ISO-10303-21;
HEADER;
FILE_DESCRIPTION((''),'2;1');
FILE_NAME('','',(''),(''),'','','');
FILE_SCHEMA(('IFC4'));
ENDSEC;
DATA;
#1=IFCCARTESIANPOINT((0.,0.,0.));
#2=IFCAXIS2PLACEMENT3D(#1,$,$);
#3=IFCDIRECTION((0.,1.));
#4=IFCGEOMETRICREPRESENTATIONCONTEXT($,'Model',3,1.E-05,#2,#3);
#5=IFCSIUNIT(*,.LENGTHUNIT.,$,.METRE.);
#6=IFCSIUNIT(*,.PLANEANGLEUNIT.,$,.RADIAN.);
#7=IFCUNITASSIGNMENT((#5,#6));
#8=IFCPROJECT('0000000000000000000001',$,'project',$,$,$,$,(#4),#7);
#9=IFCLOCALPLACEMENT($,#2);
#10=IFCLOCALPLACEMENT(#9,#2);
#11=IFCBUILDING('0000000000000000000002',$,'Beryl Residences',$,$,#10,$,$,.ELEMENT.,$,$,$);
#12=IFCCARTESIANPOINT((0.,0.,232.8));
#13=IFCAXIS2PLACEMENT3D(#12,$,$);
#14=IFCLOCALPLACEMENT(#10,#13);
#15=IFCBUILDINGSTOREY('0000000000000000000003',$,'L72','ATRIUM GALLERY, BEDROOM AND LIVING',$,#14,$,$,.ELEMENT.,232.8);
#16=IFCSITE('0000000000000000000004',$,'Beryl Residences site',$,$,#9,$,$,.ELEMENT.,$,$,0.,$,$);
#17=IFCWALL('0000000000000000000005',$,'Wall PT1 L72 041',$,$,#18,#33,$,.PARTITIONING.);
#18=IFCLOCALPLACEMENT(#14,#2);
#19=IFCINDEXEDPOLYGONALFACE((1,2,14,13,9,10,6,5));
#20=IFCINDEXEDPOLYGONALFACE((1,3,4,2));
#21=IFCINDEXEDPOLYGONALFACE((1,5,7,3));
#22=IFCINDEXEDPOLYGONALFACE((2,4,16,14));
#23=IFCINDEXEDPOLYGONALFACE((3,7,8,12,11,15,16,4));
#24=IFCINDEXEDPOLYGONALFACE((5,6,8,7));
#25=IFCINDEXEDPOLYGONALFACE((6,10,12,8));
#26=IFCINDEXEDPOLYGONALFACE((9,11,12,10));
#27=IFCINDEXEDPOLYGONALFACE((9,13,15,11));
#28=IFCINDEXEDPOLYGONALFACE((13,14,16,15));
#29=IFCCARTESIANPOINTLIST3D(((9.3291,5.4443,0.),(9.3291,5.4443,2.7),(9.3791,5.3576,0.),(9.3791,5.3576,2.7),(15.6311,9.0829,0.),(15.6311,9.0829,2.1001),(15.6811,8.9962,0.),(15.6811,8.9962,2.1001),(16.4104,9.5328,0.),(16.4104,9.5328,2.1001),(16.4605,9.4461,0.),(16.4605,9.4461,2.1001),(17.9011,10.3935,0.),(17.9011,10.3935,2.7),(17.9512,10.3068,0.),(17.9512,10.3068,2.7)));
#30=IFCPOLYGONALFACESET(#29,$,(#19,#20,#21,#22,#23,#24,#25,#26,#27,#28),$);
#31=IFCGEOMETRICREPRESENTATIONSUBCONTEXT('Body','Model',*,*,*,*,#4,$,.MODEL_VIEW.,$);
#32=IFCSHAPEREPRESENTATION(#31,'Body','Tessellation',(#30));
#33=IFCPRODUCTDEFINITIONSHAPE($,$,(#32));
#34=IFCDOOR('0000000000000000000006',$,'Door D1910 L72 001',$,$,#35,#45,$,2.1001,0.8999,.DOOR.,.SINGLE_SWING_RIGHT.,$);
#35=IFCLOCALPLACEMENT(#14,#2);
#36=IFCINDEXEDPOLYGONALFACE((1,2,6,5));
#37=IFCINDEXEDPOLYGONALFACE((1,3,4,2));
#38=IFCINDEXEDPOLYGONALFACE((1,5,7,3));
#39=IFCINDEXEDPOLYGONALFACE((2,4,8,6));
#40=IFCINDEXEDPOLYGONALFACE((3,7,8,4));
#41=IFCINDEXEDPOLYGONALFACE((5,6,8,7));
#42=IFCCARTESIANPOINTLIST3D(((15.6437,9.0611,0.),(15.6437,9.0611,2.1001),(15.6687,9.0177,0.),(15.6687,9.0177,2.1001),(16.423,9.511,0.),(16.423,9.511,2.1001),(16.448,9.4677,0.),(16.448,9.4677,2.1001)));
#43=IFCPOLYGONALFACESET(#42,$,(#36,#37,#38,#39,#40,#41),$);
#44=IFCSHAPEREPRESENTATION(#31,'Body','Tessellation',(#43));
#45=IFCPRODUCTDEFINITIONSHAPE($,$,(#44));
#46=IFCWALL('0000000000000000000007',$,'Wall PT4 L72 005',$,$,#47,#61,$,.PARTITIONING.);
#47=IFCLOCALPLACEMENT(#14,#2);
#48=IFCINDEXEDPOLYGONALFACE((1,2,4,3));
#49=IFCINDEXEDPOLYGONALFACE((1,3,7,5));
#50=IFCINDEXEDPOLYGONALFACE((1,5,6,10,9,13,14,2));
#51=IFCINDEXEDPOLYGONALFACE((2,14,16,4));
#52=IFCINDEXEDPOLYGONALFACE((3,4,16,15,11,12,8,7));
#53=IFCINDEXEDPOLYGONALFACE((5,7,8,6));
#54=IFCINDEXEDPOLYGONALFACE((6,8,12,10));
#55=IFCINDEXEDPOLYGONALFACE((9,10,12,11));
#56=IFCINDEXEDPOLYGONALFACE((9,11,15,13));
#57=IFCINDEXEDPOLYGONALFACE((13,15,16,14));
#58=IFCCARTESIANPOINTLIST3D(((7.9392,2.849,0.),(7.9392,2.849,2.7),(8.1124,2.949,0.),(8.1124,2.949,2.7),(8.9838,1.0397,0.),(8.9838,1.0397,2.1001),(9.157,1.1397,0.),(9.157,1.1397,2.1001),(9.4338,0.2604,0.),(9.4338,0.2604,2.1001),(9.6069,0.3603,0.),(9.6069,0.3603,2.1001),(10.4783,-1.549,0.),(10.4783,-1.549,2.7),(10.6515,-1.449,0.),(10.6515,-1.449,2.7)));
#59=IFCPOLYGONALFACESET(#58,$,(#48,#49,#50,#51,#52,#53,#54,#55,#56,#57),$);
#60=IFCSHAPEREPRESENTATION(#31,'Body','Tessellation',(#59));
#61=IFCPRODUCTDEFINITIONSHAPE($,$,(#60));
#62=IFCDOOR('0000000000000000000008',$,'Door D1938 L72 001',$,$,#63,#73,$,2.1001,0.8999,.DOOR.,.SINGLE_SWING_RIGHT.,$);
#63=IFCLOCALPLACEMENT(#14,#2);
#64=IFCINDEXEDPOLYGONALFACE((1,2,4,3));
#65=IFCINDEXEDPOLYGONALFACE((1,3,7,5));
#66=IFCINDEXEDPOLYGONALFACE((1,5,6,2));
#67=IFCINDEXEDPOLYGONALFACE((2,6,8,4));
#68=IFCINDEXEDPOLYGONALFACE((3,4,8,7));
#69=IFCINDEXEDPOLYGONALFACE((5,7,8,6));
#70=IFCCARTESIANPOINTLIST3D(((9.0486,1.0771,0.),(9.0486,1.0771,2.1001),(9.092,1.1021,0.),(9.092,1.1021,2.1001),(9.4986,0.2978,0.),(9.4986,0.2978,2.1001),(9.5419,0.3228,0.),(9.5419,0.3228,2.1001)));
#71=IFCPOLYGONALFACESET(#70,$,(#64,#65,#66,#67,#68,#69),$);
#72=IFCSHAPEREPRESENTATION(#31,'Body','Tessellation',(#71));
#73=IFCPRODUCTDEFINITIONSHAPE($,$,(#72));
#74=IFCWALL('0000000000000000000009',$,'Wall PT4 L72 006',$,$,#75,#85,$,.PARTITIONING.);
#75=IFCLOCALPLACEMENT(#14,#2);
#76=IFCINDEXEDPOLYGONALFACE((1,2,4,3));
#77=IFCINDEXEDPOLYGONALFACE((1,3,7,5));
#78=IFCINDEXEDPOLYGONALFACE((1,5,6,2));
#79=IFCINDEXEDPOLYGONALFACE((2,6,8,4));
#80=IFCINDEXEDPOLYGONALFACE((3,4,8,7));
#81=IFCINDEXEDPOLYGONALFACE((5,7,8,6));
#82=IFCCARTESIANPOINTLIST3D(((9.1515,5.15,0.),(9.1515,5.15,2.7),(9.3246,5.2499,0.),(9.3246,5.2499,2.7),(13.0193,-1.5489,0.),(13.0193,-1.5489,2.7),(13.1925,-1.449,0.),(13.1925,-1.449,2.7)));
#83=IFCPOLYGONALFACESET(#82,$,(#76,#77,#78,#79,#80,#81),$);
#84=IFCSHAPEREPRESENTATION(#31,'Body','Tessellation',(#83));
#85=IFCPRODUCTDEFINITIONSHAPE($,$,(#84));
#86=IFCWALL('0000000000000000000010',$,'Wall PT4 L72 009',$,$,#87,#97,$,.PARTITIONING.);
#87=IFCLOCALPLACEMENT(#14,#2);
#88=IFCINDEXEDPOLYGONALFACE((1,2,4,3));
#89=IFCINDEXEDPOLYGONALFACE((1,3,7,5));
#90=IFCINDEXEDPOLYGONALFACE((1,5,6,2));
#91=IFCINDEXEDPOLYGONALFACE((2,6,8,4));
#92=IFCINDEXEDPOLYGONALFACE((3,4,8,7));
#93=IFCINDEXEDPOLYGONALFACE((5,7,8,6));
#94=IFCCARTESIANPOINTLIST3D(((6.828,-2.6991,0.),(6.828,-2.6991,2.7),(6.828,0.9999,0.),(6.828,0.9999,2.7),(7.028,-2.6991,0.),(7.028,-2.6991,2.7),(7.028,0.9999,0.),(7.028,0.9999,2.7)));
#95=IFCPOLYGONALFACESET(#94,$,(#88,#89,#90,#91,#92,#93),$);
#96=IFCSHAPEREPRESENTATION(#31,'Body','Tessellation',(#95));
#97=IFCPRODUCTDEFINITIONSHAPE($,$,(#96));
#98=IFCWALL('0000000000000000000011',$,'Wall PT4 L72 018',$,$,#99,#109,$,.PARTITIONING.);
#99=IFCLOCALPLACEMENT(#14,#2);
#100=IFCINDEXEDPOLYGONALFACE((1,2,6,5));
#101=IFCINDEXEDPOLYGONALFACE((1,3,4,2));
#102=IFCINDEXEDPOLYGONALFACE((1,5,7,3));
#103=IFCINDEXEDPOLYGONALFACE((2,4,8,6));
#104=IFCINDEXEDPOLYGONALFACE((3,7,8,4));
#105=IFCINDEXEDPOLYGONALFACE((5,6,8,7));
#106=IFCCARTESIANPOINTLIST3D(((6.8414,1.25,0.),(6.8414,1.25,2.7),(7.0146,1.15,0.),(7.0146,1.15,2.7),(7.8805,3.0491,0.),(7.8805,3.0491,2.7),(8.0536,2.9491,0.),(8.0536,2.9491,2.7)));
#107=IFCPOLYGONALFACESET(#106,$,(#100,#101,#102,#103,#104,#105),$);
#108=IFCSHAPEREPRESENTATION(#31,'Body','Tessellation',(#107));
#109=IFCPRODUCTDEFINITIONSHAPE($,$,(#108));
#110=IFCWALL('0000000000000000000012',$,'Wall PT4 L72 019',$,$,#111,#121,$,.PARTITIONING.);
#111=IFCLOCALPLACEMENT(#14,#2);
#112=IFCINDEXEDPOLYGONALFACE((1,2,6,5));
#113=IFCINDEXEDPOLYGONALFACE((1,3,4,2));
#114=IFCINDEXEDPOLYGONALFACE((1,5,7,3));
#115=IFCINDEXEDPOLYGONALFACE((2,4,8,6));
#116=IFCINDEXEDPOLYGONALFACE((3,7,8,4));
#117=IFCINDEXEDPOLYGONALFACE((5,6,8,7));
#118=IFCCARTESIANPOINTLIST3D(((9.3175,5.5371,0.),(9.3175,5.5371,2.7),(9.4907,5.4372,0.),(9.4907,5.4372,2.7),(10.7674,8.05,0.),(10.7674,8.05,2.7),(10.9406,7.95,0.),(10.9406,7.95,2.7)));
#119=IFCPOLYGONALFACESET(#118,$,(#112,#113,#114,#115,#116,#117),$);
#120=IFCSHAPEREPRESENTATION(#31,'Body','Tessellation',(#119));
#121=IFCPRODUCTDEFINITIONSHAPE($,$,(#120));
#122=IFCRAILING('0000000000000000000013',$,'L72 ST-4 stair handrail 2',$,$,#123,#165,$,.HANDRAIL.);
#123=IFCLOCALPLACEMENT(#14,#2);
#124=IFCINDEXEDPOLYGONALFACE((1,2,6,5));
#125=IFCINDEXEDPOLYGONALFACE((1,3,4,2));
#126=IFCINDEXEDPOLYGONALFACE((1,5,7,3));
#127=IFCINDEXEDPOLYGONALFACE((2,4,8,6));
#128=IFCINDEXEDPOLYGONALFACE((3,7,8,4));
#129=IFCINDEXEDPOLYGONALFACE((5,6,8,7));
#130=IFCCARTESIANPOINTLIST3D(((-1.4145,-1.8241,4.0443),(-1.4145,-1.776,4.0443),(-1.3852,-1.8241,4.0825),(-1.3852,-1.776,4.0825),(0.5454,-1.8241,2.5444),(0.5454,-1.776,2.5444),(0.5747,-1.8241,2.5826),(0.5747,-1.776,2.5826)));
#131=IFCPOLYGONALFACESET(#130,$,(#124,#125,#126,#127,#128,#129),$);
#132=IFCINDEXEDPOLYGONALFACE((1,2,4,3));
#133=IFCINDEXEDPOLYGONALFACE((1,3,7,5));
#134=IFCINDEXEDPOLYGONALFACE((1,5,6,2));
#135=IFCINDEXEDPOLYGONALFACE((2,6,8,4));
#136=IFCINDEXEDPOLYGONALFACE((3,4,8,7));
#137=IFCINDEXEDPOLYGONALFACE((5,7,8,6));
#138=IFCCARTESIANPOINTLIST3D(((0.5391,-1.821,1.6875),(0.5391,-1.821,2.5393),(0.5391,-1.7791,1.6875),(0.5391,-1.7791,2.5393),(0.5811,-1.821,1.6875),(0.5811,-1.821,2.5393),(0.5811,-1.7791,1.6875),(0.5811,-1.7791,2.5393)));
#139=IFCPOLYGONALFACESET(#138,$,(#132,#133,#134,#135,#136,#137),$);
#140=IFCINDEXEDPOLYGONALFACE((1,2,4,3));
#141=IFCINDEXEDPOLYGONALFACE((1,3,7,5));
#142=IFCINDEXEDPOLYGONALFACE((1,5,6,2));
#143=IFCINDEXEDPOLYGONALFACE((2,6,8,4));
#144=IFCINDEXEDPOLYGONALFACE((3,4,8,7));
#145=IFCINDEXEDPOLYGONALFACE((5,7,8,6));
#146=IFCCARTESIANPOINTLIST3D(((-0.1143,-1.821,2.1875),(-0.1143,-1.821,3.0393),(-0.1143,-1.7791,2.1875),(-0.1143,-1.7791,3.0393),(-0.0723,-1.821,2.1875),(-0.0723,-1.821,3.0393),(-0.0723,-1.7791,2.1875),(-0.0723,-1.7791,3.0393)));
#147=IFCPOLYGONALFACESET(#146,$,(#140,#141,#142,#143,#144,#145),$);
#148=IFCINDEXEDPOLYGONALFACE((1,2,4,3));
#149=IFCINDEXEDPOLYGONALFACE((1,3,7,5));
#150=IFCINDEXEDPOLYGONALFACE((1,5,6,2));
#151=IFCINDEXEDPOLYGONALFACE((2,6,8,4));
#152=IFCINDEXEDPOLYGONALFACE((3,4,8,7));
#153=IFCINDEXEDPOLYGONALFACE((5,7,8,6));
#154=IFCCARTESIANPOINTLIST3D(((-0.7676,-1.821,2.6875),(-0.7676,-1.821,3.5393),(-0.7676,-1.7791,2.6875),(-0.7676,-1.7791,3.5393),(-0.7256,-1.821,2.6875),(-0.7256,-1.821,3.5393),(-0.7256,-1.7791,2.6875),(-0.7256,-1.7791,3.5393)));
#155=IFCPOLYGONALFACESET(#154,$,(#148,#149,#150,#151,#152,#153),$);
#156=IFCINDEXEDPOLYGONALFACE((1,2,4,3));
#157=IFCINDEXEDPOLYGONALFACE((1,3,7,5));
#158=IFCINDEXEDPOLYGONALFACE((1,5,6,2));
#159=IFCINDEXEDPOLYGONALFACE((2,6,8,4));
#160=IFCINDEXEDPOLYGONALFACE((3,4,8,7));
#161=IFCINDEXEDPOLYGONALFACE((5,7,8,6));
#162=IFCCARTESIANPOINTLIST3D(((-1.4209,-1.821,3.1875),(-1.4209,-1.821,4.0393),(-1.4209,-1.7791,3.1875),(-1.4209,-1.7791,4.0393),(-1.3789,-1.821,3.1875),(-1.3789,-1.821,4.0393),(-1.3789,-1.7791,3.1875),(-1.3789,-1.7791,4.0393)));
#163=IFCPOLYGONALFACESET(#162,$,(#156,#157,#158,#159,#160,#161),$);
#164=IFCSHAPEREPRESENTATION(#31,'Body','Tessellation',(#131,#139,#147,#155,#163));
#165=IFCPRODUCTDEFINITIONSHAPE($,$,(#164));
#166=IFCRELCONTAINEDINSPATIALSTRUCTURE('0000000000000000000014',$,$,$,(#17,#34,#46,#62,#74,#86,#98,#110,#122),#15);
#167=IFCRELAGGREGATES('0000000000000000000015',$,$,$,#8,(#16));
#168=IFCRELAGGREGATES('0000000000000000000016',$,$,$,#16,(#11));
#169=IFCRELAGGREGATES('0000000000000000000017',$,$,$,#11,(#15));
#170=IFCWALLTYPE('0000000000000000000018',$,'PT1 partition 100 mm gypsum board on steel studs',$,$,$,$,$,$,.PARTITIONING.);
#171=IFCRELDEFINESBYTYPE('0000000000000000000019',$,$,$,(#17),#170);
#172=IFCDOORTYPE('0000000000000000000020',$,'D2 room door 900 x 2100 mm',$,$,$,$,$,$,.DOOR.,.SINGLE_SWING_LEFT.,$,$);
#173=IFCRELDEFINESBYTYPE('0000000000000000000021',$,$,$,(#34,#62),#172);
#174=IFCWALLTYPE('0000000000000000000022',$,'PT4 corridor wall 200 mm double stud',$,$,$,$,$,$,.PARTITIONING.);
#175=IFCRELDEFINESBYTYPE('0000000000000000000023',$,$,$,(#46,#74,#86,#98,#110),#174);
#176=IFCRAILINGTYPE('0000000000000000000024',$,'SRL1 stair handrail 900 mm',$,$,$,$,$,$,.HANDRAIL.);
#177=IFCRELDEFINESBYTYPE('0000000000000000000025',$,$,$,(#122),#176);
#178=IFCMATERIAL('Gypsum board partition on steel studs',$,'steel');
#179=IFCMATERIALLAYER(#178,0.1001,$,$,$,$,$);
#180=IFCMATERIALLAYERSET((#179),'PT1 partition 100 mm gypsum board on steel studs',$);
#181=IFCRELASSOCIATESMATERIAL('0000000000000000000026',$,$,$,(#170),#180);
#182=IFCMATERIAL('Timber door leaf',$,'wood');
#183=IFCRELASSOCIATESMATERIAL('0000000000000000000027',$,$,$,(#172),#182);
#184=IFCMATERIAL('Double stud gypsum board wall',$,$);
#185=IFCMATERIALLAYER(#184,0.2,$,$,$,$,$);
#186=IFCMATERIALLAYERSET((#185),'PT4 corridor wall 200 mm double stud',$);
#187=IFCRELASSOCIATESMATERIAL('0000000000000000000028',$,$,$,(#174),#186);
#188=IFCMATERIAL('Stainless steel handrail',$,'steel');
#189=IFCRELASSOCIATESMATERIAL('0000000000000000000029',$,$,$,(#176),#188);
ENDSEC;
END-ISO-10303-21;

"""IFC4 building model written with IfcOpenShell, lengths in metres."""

from ifc_helpers import new_model, si_unit, direction, frame, frame_2d, origin, origin_2d, place, context, subcontext, project, spatial, rectangle, extrude, material, layer, layer_set, type_object, element, fill, save


model = new_model("IFC4")

# Units and contexts
model_context = context("Model", 3, precision=1e-05, world=origin(), true_north=direction((0.0, 1.0)))
body_context = subcontext(model_context, "Body", "Model", "MODEL_VIEW")
ifc_project = project(units=[si_unit("LENGTHUNIT", "METRE"), si_unit("PLANEANGLEUNIT", "RADIAN")], contexts=[model_context])

# Site, building, storey
site_placement = place(None, origin())
site = spatial("IfcSite", under=ifc_project, at=site_placement, Name="Beryl Residences site", CompositionType="ELEMENT", RefElevation=0.0)
building_placement = place(site_placement, origin())
building = spatial("IfcBuilding", under=site, at=building_placement, Name="Beryl Residences", CompositionType="ELEMENT")
storey_placement = place(building_placement, frame((0.0, 0.0, 232.8)))
storey = spatial("IfcBuildingStorey", under=building, at=storey_placement, Name="L72", Description="ATRIUM GALLERY, BEDROOM AND LIVING", CompositionType="ELEMENT", Elevation=232.8)

# Shared definitions
ifc_material_1 = material(Name="Gypsum board partition on steel studs", Category="steel")
ifc_layer_1 = layer(ifc_material_1, 0.1001)
ifc_layer_set_1 = layer_set([ifc_layer_1], Name="PT1 partition 100 mm gypsum board on steel studs")
wall_type_1 = type_object("IfcWallType", Name="PT1 partition 100 mm gypsum board on steel studs", PredefinedType="PARTITIONING", material=ifc_layer_set_1)

# Walls, openings, doors
ifc_material_2 = material(Name="Timber door leaf", Category="wood")
door_type_1 = type_object("IfcDoorType", Name="D2 room door 900 x 2100 mm", OperationType="SINGLE_SWING_LEFT", PredefinedType="DOOR", material=ifc_material_2)
wall_1_placement = place(storey_placement, frame((9.354, 5.4009, 0.0), z_axis=(0.0, 0.0, 1.0), x_axis=(0.866018, 0.500012, 0.0)))
wall_1 = element("IfcWall", 1, at=wall_1_placement, inside=storey, type_object=wall_type_1, Name="Wall PT1 L72 041", PredefinedType="PARTITIONING", context=body_context, shape_type="SweptSolid", body=[
    extrude(rectangle(XDim=9.8982, YDim=0.1001, at=frame_2d((4.9492, 0.0))), origin(), (0.0, 0.0, 1.0), 2.7),
])
opening_1_placement = place(wall_1_placement, frame((7.2771, 0.0, 0.0)))
opening_1 = element("IfcOpeningElement", 2, at=opening_1_placement, cuts=wall_1, PredefinedType="OPENING", context=body_context, shape_type="SweptSolid", body=[
    extrude(rectangle(XDim=0.8999, YDim=2.1001, at=frame_2d((0.45, 1.05))), frame((0.0, 0.0601, 0.0), z_axis=(0.0, -1.0, 0.0), x_axis=(1.0, 0.0, 0.0)), (0.0, 0.0, 1.0), 0.1201),
])
door_1_placement = place(opening_1_placement, origin())
door_1 = element("IfcDoor", 3, at=door_1_placement, inside=storey, type_object=door_type_1, Name="Door D1910 L72 001", OperationType="SINGLE_SWING_RIGHT", OverallHeight=2.1001, OverallWidth=0.8999, PredefinedType="DOOR", context=body_context, shape_type="SweptSolid", body=[
    extrude(rectangle(XDim=0.8999, YDim=2.1001, at=frame_2d((0.45, 1.05))), frame((0.0, 0.0249, 0.0), z_axis=(0.0, -1.0, 0.0), x_axis=(1.0, 0.0, 0.0)), (0.0, 0.0, 1.0), 0.05),
])
fill(opening_1, door_1)
ifc_material_3 = material(Name="Double stud gypsum board wall")
ifc_layer_2 = layer(ifc_material_3, 0.2)
ifc_layer_set_2 = layer_set([ifc_layer_2], Name="PT4 corridor wall 200 mm double stud")
wall_type_2 = type_object("IfcWallType", Name="PT4 corridor wall 200 mm double stud", PredefinedType="PARTITIONING", material=ifc_layer_set_2)
wall_2_placement = place(storey_placement, frame((8.0259, 2.8989, 0.0), z_axis=(0.0, 0.0, 1.0), x_axis=(0.499986, -0.866033, 0.0)))
wall_2 = element("IfcWall", 4, at=wall_2_placement, inside=storey, type_object=wall_type_2, Name="Wall PT4 L72 005", PredefinedType="PARTITIONING", context=body_context, shape_type="SweptSolid", body=[
    extrude(rectangle(XDim=5.0784, YDim=0.2, at=frame_2d((2.5391, 0.0))), origin(), (0.0, 0.0, 1.0), 2.7),
])
opening_2_placement = place(wall_2_placement, frame((2.0891, 0.0, 0.0)))
opening_2 = element("IfcOpeningElement", 5, at=opening_2_placement, cuts=wall_2, PredefinedType="OPENING", context=body_context, shape_type="SweptSolid", body=[
    extrude(rectangle(XDim=0.8999, YDim=2.1001, at=frame_2d((0.45, 1.05))), frame((0.0, 0.1099, 0.0), z_axis=(0.0, -1.0, 0.0), x_axis=(1.0, 0.0, 0.0)), (0.0, 0.0, 1.0), 0.22),
])
door_2_placement = place(opening_2_placement, origin())
door_2 = element("IfcDoor", 6, at=door_2_placement, inside=storey, type_object=door_type_1, Name="Door D1938 L72 001", OperationType="SINGLE_SWING_RIGHT", OverallHeight=2.1001, OverallWidth=0.8999, PredefinedType="DOOR", context=body_context, shape_type="SweptSolid", body=[
    extrude(rectangle(XDim=0.8999, YDim=2.1001, at=frame_2d((0.45, 1.05))), frame((0.0, 0.0249, 0.0), z_axis=(0.0, -1.0, 0.0), x_axis=(1.0, 0.0, 0.0)), (0.0, 0.0, 1.0), 0.05),
])
fill(opening_2, door_2)

# Walls
wall_3_placement = place(storey_placement, frame((9.238, 5.2, 0.0), z_axis=(0.0, 0.0, 1.0), x_axis=(0.500026, -0.866011, 0.0)))
element("IfcWall", 7, at=wall_3_placement, inside=storey, type_object=wall_type_2, Name="Wall PT4 L72 006", PredefinedType="PARTITIONING", context=body_context, shape_type="SweptSolid", body=[
    extrude(rectangle(XDim=7.7354, YDim=0.2, at=frame_2d((3.8677, 0.0))), origin(), (0.0, 0.0, 1.0), 2.7),
])
wall_4_placement = place(storey_placement, frame((6.928, 1.0, 0.0), z_axis=(0.0, 0.0, 1.0), x_axis=(0.0, -1.0, 0.0)))
element("IfcWall", 8, at=wall_4_placement, inside=storey, type_object=wall_type_2, Name="Wall PT4 L72 009", PredefinedType="PARTITIONING", context=body_context, shape_type="SweptSolid", body=[
    extrude(rectangle(XDim=3.699, YDim=0.2, at=frame_2d((1.8496, 0.0))), origin(), (0.0, 0.0, 1.0), 2.7),
])
wall_5_placement = place(storey_placement, frame((6.928, 1.2, 0.0), z_axis=(0.0, 0.0, 1.0), x_axis=(0.500133, 0.865949, 0.0)))
element("IfcWall", 9, at=wall_5_placement, inside=storey, type_object=wall_type_2, Name="Wall PT4 L72 018", PredefinedType="PARTITIONING", context=body_context, shape_type="SweptSolid", body=[
    extrude(rectangle(XDim=2.0776, YDim=0.2, at=frame_2d((1.0388, 0.0))), origin(), (0.0, 0.0, 1.0), 2.7),
])
wall_6_placement = place(storey_placement, frame((9.4041, 5.4871, 0.0), z_axis=(0.0, 0.0, 1.0), x_axis=(0.499769, 0.866159, 0.0)))
element("IfcWall", 10, at=wall_6_placement, inside=storey, type_object=wall_type_2, Name="Wall PT4 L72 019", PredefinedType="PARTITIONING", context=body_context, shape_type="SweptSolid", body=[
    extrude(rectangle(XDim=2.9011, YDim=0.2, at=frame_2d((1.4507, 0.0))), origin(), (0.0, 0.0, 1.0), 2.7),
])

# Railing
ifc_material_4 = material(Name="Stainless steel handrail", Category="steel")
railing_type_1 = type_object("IfcRailingType", Name="SRL1 stair handrail 900 mm", PredefinedType="HANDRAIL", material=ifc_material_4)
railing_1_placement = place(storey_placement, frame((0.5601, -1.8, 1.6875)))
element("IfcRailing", 11, at=railing_1_placement, inside=storey, type_object=railing_type_1, Name="L72 ST-4 stair handrail 2", PredefinedType="HANDRAIL", context=body_context, shape_type="SweptSolid", body=[
    extrude(rectangle(XDim=0.0481, YDim=0.0481, at=origin_2d()), frame((0.0, 0.0, 0.876), z_axis=(-0.794122, 0.0, 0.607758), x_axis=(0.0, -1.0, 0.0)), (0.0, 0.0, 1.0), 2.468),
    extrude(rectangle(XDim=0.042, YDim=0.042, at=origin_2d()), origin(), (0.0, 0.0, 1.0), 0.8518),
    extrude(rectangle(XDim=0.042, YDim=0.042, at=origin_2d()), frame((-0.6533, 0.0, 0.5)), (0.0, 0.0, 1.0), 0.8518),
    extrude(rectangle(XDim=0.042, YDim=0.042, at=origin_2d()), frame((-1.3066, 0.0, 1.0)), (0.0, 0.0, 1.0), 0.8518),
    extrude(rectangle(XDim=0.042, YDim=0.042, at=origin_2d()), frame((-1.96, 0.0, 1.5)), (0.0, 0.0, 1.0), 0.8518),
])

save(model, "model.ifc")
